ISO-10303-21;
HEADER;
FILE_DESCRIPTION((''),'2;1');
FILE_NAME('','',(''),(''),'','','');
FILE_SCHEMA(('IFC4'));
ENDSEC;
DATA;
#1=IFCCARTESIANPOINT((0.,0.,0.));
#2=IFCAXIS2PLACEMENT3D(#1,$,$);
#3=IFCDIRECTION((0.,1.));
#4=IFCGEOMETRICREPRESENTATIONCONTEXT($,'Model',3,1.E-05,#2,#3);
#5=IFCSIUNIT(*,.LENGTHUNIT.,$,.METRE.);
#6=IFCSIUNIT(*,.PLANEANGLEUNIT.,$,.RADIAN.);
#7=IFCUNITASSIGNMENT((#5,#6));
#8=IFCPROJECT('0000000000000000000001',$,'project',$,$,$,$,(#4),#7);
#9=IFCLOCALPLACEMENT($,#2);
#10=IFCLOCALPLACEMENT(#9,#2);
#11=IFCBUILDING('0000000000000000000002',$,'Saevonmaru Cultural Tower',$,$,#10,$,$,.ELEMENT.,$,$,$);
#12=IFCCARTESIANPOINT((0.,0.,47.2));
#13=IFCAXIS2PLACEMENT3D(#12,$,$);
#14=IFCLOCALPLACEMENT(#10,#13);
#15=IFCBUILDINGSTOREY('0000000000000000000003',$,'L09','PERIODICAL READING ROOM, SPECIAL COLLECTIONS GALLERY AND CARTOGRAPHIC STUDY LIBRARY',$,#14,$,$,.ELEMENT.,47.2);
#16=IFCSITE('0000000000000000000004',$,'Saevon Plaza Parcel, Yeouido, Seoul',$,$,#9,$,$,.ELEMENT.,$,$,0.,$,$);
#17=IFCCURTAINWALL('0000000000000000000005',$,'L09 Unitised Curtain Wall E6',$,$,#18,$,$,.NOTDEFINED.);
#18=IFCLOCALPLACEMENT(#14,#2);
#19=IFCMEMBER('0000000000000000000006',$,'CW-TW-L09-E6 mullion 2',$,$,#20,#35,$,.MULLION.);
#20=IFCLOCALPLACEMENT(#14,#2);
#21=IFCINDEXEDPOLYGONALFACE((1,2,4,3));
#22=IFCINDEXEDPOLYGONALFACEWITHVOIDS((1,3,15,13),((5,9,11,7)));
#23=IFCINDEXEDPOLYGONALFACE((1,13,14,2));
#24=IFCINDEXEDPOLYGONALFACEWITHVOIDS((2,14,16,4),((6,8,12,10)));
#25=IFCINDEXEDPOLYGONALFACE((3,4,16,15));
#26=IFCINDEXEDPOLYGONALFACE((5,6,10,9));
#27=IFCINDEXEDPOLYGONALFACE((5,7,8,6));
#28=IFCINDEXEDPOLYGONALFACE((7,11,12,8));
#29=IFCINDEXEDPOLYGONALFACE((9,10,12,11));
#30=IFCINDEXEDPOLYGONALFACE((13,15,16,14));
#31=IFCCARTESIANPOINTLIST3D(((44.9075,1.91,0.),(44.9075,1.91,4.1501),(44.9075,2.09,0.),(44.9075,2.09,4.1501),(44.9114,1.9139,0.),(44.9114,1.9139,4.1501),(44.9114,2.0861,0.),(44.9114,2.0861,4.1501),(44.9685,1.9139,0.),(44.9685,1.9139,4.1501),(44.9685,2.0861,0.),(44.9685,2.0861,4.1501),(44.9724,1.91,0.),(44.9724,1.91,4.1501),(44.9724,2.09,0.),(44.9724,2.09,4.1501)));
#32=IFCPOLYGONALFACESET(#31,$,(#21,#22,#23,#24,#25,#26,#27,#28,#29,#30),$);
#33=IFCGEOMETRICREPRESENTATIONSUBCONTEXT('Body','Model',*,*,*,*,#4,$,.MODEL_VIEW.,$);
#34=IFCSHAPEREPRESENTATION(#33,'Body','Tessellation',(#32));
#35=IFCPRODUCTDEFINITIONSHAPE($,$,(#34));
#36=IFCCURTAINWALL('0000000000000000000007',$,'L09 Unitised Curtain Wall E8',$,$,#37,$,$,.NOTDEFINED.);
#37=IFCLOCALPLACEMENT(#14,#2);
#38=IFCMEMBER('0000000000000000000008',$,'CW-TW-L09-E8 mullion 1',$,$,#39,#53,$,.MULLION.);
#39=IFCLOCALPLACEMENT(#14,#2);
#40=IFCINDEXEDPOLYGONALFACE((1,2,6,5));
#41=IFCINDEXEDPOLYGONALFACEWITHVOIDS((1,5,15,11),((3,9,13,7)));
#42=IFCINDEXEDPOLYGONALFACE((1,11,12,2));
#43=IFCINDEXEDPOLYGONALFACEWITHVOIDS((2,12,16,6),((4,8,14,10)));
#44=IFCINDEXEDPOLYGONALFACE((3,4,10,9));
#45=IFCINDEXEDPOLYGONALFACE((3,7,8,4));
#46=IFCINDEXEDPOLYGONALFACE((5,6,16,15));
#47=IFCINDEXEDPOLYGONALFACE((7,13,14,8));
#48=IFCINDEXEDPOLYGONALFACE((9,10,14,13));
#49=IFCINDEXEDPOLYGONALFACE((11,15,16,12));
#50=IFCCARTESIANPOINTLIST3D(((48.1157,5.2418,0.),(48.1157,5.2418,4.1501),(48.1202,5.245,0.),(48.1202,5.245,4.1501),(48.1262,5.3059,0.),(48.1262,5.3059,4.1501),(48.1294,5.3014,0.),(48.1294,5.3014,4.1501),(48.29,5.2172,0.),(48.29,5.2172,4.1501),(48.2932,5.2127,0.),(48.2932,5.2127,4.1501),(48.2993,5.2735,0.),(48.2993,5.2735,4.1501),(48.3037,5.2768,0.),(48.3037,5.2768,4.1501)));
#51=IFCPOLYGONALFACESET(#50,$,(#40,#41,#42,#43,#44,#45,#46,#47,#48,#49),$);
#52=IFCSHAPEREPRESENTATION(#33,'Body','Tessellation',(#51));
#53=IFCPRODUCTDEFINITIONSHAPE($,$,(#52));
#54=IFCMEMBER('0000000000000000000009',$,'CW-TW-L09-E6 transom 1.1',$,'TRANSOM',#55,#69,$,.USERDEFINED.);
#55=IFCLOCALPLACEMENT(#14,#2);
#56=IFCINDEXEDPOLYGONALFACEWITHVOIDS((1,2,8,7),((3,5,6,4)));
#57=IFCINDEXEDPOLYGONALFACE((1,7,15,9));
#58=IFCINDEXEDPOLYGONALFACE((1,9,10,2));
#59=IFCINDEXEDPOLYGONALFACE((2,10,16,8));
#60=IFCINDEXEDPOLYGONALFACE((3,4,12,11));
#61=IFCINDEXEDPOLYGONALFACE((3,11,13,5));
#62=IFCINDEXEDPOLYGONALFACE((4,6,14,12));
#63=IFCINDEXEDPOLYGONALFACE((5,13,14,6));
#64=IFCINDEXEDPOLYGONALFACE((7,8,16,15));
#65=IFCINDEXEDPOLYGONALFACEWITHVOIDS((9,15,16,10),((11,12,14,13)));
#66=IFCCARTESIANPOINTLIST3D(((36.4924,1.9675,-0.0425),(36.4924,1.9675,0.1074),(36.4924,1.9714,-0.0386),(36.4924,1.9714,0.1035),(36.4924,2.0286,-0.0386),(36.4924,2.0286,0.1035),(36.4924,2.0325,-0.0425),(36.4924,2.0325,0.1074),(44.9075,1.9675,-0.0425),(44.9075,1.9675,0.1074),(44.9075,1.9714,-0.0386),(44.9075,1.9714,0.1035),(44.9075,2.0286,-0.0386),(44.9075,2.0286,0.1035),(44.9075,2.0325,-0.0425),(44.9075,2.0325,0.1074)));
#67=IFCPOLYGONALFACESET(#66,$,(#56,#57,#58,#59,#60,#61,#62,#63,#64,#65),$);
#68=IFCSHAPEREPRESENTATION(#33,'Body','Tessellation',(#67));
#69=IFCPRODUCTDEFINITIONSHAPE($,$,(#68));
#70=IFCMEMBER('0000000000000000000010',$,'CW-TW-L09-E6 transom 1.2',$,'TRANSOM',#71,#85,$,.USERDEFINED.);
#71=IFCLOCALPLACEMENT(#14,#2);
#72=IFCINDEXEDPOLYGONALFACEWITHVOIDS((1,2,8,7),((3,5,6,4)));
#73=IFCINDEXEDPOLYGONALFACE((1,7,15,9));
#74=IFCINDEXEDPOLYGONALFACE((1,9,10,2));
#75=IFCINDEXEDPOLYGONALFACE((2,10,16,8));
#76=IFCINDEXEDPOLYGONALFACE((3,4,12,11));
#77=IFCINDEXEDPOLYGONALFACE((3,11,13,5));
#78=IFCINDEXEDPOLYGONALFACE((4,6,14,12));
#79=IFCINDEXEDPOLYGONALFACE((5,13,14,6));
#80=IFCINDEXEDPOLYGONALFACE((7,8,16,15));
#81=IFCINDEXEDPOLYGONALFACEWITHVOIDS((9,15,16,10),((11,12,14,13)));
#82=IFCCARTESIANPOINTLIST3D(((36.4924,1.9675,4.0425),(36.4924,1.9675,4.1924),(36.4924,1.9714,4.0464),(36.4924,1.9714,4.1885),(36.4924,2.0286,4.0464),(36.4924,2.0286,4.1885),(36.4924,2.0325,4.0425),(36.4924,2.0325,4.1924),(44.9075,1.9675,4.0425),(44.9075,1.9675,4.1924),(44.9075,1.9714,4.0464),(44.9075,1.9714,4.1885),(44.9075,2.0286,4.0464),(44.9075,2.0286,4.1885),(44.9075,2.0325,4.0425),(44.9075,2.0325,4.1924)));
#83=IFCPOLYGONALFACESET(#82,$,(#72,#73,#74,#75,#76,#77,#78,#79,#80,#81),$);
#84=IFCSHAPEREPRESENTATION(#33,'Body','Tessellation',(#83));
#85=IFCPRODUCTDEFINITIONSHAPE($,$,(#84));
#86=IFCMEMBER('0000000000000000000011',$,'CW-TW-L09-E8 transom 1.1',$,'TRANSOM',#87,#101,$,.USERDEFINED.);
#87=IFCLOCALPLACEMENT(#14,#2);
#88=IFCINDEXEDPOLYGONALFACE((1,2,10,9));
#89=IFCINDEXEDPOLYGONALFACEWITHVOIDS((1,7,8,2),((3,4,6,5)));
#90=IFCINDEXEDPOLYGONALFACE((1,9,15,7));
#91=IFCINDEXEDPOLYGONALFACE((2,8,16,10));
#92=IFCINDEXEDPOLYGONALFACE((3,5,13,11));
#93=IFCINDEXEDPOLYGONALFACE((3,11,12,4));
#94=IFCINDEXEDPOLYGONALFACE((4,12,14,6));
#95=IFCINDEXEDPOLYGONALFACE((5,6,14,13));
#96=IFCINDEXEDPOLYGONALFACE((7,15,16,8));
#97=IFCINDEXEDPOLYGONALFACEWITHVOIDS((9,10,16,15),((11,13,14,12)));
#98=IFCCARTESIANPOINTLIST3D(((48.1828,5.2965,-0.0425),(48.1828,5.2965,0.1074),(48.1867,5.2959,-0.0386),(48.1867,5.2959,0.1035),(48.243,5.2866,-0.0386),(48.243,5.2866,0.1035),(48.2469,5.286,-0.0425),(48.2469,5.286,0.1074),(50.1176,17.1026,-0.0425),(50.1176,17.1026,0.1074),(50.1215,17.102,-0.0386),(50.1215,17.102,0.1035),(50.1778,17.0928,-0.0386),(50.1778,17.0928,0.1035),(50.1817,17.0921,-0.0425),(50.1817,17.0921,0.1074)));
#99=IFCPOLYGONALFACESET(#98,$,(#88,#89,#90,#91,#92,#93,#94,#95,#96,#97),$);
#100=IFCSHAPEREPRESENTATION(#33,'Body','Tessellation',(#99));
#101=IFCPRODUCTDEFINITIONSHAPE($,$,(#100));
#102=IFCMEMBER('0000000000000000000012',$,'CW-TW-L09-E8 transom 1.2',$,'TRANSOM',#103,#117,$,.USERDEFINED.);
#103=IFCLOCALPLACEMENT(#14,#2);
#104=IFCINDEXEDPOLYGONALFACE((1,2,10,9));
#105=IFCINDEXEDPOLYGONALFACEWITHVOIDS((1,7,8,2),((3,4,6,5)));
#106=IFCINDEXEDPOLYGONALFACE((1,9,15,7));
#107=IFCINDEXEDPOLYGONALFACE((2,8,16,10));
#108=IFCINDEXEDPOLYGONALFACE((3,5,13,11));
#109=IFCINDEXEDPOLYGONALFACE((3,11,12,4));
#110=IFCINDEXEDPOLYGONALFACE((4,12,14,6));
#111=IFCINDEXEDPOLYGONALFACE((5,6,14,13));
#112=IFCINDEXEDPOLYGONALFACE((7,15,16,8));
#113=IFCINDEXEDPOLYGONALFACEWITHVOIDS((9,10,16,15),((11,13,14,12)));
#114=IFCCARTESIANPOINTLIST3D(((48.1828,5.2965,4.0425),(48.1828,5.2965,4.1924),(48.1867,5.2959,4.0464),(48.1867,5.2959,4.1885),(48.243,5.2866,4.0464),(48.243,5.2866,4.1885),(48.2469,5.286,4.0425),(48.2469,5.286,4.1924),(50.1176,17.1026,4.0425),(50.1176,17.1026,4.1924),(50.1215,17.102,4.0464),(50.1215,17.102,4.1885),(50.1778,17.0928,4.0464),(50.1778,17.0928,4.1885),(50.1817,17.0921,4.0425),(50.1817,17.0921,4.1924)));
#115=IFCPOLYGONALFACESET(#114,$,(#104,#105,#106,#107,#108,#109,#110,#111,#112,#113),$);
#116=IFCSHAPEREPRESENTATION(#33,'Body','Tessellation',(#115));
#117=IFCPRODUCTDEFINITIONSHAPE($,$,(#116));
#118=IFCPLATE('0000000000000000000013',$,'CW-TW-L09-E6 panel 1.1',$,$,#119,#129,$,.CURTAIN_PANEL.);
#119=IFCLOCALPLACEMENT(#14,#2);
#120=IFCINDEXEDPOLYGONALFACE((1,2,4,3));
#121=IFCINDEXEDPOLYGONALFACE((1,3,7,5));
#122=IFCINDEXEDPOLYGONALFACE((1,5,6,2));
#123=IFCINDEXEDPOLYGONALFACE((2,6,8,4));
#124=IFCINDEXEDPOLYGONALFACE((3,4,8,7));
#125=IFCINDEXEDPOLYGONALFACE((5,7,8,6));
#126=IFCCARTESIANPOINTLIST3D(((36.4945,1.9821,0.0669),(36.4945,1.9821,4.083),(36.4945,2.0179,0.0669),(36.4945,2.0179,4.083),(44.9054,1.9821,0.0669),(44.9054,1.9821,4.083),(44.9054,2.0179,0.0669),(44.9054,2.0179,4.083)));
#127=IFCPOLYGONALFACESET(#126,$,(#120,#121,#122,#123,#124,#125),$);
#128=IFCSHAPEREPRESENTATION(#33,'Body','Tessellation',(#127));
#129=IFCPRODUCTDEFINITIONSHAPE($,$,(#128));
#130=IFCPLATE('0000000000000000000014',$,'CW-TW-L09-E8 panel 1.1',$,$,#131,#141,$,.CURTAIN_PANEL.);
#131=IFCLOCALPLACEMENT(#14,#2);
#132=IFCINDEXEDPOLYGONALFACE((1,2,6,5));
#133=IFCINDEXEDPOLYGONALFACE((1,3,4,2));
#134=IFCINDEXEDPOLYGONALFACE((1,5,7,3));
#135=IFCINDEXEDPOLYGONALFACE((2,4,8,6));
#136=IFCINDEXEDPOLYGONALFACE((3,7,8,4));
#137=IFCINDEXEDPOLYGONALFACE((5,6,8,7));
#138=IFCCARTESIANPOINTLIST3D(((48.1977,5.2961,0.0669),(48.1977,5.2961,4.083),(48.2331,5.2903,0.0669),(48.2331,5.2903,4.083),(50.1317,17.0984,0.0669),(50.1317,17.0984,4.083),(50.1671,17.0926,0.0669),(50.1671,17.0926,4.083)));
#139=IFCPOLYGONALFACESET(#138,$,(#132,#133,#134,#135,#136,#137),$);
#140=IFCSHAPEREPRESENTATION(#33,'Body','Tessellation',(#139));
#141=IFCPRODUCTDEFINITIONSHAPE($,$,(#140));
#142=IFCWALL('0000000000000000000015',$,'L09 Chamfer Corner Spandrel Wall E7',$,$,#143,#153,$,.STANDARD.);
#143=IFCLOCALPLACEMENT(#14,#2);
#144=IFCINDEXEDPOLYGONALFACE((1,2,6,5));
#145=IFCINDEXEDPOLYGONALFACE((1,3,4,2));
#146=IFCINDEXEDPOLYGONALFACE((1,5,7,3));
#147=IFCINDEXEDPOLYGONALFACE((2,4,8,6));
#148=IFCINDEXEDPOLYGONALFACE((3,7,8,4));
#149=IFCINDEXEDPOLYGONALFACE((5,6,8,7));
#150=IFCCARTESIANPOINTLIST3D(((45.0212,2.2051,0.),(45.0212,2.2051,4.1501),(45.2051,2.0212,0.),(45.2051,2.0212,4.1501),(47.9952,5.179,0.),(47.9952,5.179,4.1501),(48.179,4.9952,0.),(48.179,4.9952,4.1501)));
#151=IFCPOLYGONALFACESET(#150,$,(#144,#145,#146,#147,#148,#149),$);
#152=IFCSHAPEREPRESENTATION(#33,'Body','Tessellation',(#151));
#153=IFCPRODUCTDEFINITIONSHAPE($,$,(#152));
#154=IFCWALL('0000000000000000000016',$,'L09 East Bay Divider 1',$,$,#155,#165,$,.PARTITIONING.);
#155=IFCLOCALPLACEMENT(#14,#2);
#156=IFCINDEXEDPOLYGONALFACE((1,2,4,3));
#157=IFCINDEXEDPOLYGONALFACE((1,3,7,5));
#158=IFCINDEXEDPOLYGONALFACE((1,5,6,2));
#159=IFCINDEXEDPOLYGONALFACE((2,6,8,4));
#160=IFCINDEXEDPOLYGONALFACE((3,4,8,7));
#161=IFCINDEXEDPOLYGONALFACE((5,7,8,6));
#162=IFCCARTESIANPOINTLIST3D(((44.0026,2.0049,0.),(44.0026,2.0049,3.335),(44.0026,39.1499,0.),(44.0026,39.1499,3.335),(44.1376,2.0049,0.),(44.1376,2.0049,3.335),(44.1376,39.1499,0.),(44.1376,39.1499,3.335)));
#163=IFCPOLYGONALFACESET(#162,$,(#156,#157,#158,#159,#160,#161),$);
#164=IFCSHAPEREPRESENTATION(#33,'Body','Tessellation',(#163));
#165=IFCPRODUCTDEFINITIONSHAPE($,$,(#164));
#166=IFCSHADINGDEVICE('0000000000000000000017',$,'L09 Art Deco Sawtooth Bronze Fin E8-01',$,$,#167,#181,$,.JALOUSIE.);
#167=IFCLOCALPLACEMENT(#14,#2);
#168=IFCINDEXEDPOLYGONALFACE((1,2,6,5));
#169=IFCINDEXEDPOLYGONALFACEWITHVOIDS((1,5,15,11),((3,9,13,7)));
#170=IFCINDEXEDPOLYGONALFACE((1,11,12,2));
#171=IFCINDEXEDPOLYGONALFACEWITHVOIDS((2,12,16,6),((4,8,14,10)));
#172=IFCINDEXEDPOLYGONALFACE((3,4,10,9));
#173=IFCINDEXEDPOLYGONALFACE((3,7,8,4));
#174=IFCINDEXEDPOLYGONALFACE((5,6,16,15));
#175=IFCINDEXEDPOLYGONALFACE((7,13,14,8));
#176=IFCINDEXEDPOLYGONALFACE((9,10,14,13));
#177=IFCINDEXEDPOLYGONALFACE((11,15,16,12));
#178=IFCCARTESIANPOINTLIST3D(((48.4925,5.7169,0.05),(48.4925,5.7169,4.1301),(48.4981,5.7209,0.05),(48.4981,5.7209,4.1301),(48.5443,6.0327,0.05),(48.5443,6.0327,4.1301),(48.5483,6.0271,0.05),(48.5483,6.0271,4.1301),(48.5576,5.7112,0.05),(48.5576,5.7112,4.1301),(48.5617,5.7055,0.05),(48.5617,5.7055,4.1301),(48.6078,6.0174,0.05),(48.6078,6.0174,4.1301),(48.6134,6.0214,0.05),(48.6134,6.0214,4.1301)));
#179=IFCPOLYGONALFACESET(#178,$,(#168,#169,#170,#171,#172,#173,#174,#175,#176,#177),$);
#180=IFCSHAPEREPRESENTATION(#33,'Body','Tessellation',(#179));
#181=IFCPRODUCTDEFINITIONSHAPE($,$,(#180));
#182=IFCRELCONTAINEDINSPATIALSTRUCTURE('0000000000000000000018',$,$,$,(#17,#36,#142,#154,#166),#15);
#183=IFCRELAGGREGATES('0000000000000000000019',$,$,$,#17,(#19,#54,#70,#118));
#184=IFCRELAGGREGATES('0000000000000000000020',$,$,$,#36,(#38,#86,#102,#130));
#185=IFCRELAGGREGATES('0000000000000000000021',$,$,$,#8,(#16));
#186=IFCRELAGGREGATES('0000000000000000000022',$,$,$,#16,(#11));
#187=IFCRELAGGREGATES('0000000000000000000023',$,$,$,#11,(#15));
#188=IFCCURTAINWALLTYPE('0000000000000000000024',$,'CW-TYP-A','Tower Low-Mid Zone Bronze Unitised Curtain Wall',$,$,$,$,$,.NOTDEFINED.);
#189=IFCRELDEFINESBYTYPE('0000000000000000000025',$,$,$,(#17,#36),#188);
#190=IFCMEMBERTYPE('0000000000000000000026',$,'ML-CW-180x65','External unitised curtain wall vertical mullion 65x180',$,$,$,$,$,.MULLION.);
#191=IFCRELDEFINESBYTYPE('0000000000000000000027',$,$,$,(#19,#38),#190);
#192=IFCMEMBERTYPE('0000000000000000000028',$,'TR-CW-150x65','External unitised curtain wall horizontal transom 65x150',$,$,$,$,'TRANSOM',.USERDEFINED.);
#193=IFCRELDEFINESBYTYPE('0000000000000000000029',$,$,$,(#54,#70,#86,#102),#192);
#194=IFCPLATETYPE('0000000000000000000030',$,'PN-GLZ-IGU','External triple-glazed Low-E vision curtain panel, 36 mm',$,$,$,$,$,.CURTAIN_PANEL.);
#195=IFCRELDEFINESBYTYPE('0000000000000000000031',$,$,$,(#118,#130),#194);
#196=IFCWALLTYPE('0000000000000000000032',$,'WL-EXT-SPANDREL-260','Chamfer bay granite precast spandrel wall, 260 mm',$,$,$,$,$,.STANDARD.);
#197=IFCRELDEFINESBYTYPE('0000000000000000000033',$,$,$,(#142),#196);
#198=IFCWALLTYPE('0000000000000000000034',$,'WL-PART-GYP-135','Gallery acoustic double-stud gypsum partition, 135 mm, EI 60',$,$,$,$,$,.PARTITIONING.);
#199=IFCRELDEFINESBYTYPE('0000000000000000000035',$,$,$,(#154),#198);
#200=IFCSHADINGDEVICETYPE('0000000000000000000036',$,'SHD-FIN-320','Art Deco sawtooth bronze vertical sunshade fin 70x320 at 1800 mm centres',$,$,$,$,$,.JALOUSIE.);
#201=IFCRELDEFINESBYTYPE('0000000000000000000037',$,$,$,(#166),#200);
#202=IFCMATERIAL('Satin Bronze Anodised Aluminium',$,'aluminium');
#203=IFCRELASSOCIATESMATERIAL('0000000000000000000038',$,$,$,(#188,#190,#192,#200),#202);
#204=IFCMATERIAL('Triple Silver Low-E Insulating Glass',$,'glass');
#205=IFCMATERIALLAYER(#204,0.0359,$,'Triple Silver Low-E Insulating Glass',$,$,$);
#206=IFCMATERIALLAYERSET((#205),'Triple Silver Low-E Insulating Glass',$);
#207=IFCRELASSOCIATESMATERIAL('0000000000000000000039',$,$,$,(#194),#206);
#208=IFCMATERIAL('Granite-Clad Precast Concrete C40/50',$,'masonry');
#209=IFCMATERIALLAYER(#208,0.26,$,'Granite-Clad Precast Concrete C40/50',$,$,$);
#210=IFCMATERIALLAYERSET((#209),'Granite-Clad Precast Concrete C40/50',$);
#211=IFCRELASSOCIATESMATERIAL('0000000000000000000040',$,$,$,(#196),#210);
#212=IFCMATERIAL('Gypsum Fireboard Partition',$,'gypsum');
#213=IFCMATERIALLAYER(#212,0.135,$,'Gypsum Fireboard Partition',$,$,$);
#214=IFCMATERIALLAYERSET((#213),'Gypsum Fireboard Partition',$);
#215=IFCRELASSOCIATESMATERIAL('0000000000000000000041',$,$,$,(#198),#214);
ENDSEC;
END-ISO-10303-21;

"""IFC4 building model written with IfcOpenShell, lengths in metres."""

from ifc_helpers import new_model, si_unit, direction, frame, frame_2d, origin, origin_2d, place, context, subcontext, project, spatial, rectangle, hollow_rectangle, extrude, material, layer, layer_set, material_profile, profile_set, type_object, element, aggregate, save


model = new_model("IFC4")

# Units and contexts
model_context = context("Model", 3, precision=1e-05, world=origin(), true_north=direction((0.0, 1.0)))
body_context = subcontext(model_context, "Body", "Model", "MODEL_VIEW")
ifc_project = project(units=[si_unit("LENGTHUNIT", "METRE"), si_unit("PLANEANGLEUNIT", "RADIAN")], contexts=[model_context])

# Site, building, storey
site_placement = place(None, origin())
site = spatial("IfcSite", under=ifc_project, at=site_placement, Name="Saevon Plaza Parcel, Yeouido, Seoul", CompositionType="ELEMENT", RefElevation=0.0)
building_placement = place(site_placement, origin())
building = spatial("IfcBuilding", under=site, at=building_placement, Name="Saevonmaru Cultural Tower", CompositionType="ELEMENT")
storey_placement = place(building_placement, frame((0.0, 0.0, 47.2)))
storey = spatial("IfcBuildingStorey", under=building, at=storey_placement, Name="L09", Description="PERIODICAL READING ROOM, SPECIAL COLLECTIONS GALLERY AND CARTOGRAPHIC STUDY LIBRARY", CompositionType="ELEMENT", Elevation=47.2)

# Curtain walls, members
ifc_material_1 = material(Name="Satin Bronze Anodised Aluminium", Category="aluminium")
curtain_wall_type = type_object("IfcCurtainWallType", Name="CW-TYP-A", Description="Tower Low-Mid Zone Bronze Unitised Curtain Wall", PredefinedType="NOTDEFINED", material=ifc_material_1)
curtain_wall_1_placement = place(storey_placement, origin())
curtain_wall_1 = element("IfcCurtainWall", 1, at=curtain_wall_1_placement, inside=storey, type_object=curtain_wall_type, Name="L09 Unitised Curtain Wall E6", PredefinedType="NOTDEFINED")
ifc_material_profile_1 = material_profile(ifc_material_1, hollow_rectangle(XDim=0.0649, YDim=0.1799, WallThickness=0.0039, at=origin_2d()), Name="ALU-MULL-180x65x4")
ifc_profile_set_1 = profile_set([ifc_material_profile_1], Name="Satin Bronze Anodised Aluminium")
member_type_1 = type_object("IfcMemberType", Name="ML-CW-180x65", Description="External unitised curtain wall vertical mullion 65x180", PredefinedType="MULLION", material=ifc_profile_set_1)
member_1_placement = place(storey_placement, frame((44.9399, 2.0, 0.0), z_axis=(0.0, 0.0, 1.0), x_axis=(1.0, 0.0, 0.0)))
member_1 = element("IfcMember", 2, at=member_1_placement, type_object=member_type_1, Name="CW-TW-L09-E6 mullion 2", PredefinedType="MULLION", context=body_context, shape_type="SweptSolid", body=[
    extrude(hollow_rectangle(XDim=0.0649, YDim=0.1799, WallThickness=0.0039, at=origin_2d()), origin(), (0.0, 0.0, 1.0), 4.1501),
])
curtain_wall_2_placement = place(storey_placement, origin())
curtain_wall_2 = element("IfcCurtainWall", 3, at=curtain_wall_2_placement, inside=storey, type_object=curtain_wall_type, Name="L09 Unitised Curtain Wall E8", PredefinedType="NOTDEFINED")
member_2_placement = place(storey_placement, frame((48.2097, 5.2593, 0.0), z_axis=(0.0, 0.0, 1.0), x_axis=(0.161709, 0.986839, 0.0)))
member_2 = element("IfcMember", 4, at=member_2_placement, type_object=member_type_1, Name="CW-TW-L09-E8 mullion 1", PredefinedType="MULLION", context=body_context, shape_type="SweptSolid", body=[
    extrude(hollow_rectangle(XDim=0.0649, YDim=0.1799, WallThickness=0.0039, at=origin_2d()), origin(), (0.0, 0.0, 1.0), 4.1501),
])

# Members
ifc_material_profile_2 = material_profile(ifc_material_1, hollow_rectangle(XDim=0.0649, YDim=0.1499, WallThickness=0.0039, at=origin_2d()), Name="ALU-TRAN-150x65x4")
ifc_profile_set_2 = profile_set([ifc_material_profile_2], Name="Satin Bronze Anodised Aluminium")
member_type_2 = type_object("IfcMemberType", Name="TR-CW-150x65", Description="External unitised curtain wall horizontal transom 65x150", ElementType="TRANSOM", PredefinedType="USERDEFINED", material=ifc_profile_set_2)
member_3_placement = place(storey_placement, frame((36.4924, 2.0, 0.0325), z_axis=(1.0, 0.0, 0.0), x_axis=(0.0, 1.0, 0.0)))
member_3 = element("IfcMember", 5, at=member_3_placement, type_object=member_type_2, Name="CW-TW-L09-E6 transom 1.1", ObjectType="TRANSOM", PredefinedType="USERDEFINED", context=body_context, shape_type="SweptSolid", body=[
    extrude(hollow_rectangle(XDim=0.0649, YDim=0.1499, WallThickness=0.0039, at=origin_2d()), origin(), (0.0, 0.0, 1.0), 8.415),
])
member_4_placement = place(storey_placement, frame((36.4924, 2.0, 4.1174), z_axis=(1.0, 0.0, 0.0), x_axis=(0.0, 1.0, 0.0)))
member_4 = element("IfcMember", 6, at=member_4_placement, type_object=member_type_2, Name="CW-TW-L09-E6 transom 1.2", ObjectType="TRANSOM", PredefinedType="USERDEFINED", context=body_context, shape_type="SweptSolid", body=[
    extrude(hollow_rectangle(XDim=0.0649, YDim=0.1499, WallThickness=0.0039, at=origin_2d()), origin(), (0.0, 0.0, 1.0), 8.415),
])
member_5_placement = place(storey_placement, frame((48.2148, 5.2913, 0.0325), z_axis=(0.161725, 0.986836, 0.0), x_axis=(-0.986836, 0.161725, 0.0)))
member_5 = element("IfcMember", 7, at=member_5_placement, type_object=member_type_2, Name="CW-TW-L09-E8 transom 1.1", ObjectType="TRANSOM", PredefinedType="USERDEFINED", context=body_context, shape_type="SweptSolid", body=[
    extrude(hollow_rectangle(XDim=0.0649, YDim=0.1499, WallThickness=0.0039, at=origin_2d()), origin(), (0.0, 0.0, 1.0), 11.9636),
])
member_6_placement = place(storey_placement, frame((48.2148, 5.2913, 4.1174), z_axis=(0.161725, 0.986836, 0.0), x_axis=(-0.986836, 0.161725, 0.0)))
member_6 = element("IfcMember", 8, at=member_6_placement, type_object=member_type_2, Name="CW-TW-L09-E8 transom 1.2", ObjectType="TRANSOM", PredefinedType="USERDEFINED", context=body_context, shape_type="SweptSolid", body=[
    extrude(hollow_rectangle(XDim=0.0649, YDim=0.1499, WallThickness=0.0039, at=origin_2d()), origin(), (0.0, 0.0, 1.0), 11.9636),
])

# Plates
ifc_material_2 = material(Name="Triple Silver Low-E Insulating Glass", Category="glass")
ifc_layer_1 = layer(ifc_material_2, 0.0359, Name="Triple Silver Low-E Insulating Glass")
ifc_layer_set_1 = layer_set([ifc_layer_1], Name="Triple Silver Low-E Insulating Glass")
plate_type = type_object("IfcPlateType", Name="PN-GLZ-IGU", Description="External triple-glazed Low-E vision curtain panel, 36 mm", PredefinedType="CURTAIN_PANEL", material=ifc_layer_set_1)
plate_1_placement = place(storey_placement, frame((40.7, 2.0, 0.0669), z_axis=(0.0, 0.0, 1.0), x_axis=(1.0, 0.0, 0.0)))
plate_1 = element("IfcPlate", 9, at=plate_1_placement, type_object=plate_type, Name="CW-TW-L09-E6 panel 1.1", PredefinedType="CURTAIN_PANEL", context=body_context, shape_type="SweptSolid", body=[
    extrude(rectangle(XDim=8.4109, YDim=0.0359, at=origin_2d()), origin(), (0.0, 0.0, 1.0), 4.0161),
])
aggregate(curtain_wall_1, [member_1, member_3, member_4, plate_1])
plate_2_placement = place(storey_placement, frame((49.1824, 11.1943, 0.0669), z_axis=(0.0, 0.0, 1.0), x_axis=(0.161709, 0.986839, 0.0)))
plate_2 = element("IfcPlate", 10, at=plate_2_placement, type_object=plate_type, Name="CW-TW-L09-E8 panel 1.1", PredefinedType="CURTAIN_PANEL", context=body_context, shape_type="SweptSolid", body=[
    extrude(rectangle(XDim=11.9597, YDim=0.0359, at=origin_2d()), origin(), (0.0, 0.0, 1.0), 4.0161),
])
aggregate(curtain_wall_2, [member_2, member_5, member_6, plate_2])

# Walls
ifc_material_3 = material(Name="Granite-Clad Precast Concrete C40/50", Category="masonry")
ifc_layer_2 = layer(ifc_material_3, 0.26, Name="Granite-Clad Precast Concrete C40/50")
ifc_layer_set_2 = layer_set([ifc_layer_2], Name="Granite-Clad Precast Concrete C40/50")
wall_type_1 = type_object("IfcWallType", Name="WL-EXT-SPANDREL-260", Description="Chamfer bay granite precast spandrel wall, 260 mm", PredefinedType="STANDARD", material=ifc_layer_set_2)
wall_1_placement = place(storey_placement, frame((45.113, 2.113, 0.0), z_axis=(0.0, 0.0, 1.0), x_axis=(0.707107, 0.707107, 0.0)))
element("IfcWall", 11, at=wall_1_placement, inside=storey, type_object=wall_type_1, Name="L09 Chamfer Corner Spandrel Wall E7", PredefinedType="STANDARD", context=body_context, shape_type="SweptSolid", body=[
    extrude(rectangle(XDim=4.2058, YDim=0.26, at=frame_2d((2.103, 0.0))), origin(), (0.0, 0.0, 1.0), 4.1501),
])
ifc_material_4 = material(Name="Gypsum Fireboard Partition", Category="gypsum")
ifc_layer_3 = layer(ifc_material_4, 0.135, Name="Gypsum Fireboard Partition")
ifc_layer_set_3 = layer_set([ifc_layer_3], Name="Gypsum Fireboard Partition")
wall_type_2 = type_object("IfcWallType", Name="WL-PART-GYP-135", Description="Gallery acoustic double-stud gypsum partition, 135 mm, EI 60", PredefinedType="PARTITIONING", material=ifc_layer_set_3)
wall_2_placement = place(storey_placement, frame((44.0701, 2.0049, 0.0), z_axis=(0.0, 0.0, 1.0), x_axis=(0.0, 1.0, 0.0)))
element("IfcWall", 12, at=wall_2_placement, inside=storey, type_object=wall_type_2, Name="L09 East Bay Divider 1", PredefinedType="PARTITIONING", context=body_context, shape_type="SweptSolid", body=[
    extrude(rectangle(XDim=37.145, YDim=0.135, at=frame_2d((18.5725, 0.0))), origin(), (0.0, 0.0, 1.0), 3.335),
])

# Shading device
ifc_material_profile_3 = material_profile(ifc_material_1, hollow_rectangle(XDim=0.0701, YDim=0.3201, WallThickness=0.0049, at=origin_2d()), Name="FIN-320x70")
ifc_profile_set_3 = profile_set([ifc_material_profile_3], Name="Satin Bronze Anodised Aluminium")
shading_device_type = type_object("IfcShadingDeviceType", Name="SHD-FIN-320", Description="Art Deco sawtooth bronze vertical sunshade fin 70x320 at 1800 mm centres", PredefinedType="JALOUSIE", material=ifc_profile_set_3)
for number, where, z_axis, x_axis, name in (
    (13, (48.553, 5.8691, 0.05), (0.0, 0.0, 1.0), (0.986827, -0.161776, 0.0), "L09 Art Deco Sawtooth Bronze Fin E8-01"),
):
    element("IfcShadingDevice", number, at=place(storey_placement, frame(where, z_axis=z_axis, x_axis=x_axis)), inside=storey, type_object=shading_device_type, Name=name, PredefinedType="JALOUSIE", context=body_context, shape_type="SweptSolid", body=[
        extrude(hollow_rectangle(XDim=0.0701, YDim=0.3201, WallThickness=0.0049, at=origin_2d()), origin(), (0.0, 0.0, 1.0), 4.0801),
    ])

save(model, "model.ifc")
